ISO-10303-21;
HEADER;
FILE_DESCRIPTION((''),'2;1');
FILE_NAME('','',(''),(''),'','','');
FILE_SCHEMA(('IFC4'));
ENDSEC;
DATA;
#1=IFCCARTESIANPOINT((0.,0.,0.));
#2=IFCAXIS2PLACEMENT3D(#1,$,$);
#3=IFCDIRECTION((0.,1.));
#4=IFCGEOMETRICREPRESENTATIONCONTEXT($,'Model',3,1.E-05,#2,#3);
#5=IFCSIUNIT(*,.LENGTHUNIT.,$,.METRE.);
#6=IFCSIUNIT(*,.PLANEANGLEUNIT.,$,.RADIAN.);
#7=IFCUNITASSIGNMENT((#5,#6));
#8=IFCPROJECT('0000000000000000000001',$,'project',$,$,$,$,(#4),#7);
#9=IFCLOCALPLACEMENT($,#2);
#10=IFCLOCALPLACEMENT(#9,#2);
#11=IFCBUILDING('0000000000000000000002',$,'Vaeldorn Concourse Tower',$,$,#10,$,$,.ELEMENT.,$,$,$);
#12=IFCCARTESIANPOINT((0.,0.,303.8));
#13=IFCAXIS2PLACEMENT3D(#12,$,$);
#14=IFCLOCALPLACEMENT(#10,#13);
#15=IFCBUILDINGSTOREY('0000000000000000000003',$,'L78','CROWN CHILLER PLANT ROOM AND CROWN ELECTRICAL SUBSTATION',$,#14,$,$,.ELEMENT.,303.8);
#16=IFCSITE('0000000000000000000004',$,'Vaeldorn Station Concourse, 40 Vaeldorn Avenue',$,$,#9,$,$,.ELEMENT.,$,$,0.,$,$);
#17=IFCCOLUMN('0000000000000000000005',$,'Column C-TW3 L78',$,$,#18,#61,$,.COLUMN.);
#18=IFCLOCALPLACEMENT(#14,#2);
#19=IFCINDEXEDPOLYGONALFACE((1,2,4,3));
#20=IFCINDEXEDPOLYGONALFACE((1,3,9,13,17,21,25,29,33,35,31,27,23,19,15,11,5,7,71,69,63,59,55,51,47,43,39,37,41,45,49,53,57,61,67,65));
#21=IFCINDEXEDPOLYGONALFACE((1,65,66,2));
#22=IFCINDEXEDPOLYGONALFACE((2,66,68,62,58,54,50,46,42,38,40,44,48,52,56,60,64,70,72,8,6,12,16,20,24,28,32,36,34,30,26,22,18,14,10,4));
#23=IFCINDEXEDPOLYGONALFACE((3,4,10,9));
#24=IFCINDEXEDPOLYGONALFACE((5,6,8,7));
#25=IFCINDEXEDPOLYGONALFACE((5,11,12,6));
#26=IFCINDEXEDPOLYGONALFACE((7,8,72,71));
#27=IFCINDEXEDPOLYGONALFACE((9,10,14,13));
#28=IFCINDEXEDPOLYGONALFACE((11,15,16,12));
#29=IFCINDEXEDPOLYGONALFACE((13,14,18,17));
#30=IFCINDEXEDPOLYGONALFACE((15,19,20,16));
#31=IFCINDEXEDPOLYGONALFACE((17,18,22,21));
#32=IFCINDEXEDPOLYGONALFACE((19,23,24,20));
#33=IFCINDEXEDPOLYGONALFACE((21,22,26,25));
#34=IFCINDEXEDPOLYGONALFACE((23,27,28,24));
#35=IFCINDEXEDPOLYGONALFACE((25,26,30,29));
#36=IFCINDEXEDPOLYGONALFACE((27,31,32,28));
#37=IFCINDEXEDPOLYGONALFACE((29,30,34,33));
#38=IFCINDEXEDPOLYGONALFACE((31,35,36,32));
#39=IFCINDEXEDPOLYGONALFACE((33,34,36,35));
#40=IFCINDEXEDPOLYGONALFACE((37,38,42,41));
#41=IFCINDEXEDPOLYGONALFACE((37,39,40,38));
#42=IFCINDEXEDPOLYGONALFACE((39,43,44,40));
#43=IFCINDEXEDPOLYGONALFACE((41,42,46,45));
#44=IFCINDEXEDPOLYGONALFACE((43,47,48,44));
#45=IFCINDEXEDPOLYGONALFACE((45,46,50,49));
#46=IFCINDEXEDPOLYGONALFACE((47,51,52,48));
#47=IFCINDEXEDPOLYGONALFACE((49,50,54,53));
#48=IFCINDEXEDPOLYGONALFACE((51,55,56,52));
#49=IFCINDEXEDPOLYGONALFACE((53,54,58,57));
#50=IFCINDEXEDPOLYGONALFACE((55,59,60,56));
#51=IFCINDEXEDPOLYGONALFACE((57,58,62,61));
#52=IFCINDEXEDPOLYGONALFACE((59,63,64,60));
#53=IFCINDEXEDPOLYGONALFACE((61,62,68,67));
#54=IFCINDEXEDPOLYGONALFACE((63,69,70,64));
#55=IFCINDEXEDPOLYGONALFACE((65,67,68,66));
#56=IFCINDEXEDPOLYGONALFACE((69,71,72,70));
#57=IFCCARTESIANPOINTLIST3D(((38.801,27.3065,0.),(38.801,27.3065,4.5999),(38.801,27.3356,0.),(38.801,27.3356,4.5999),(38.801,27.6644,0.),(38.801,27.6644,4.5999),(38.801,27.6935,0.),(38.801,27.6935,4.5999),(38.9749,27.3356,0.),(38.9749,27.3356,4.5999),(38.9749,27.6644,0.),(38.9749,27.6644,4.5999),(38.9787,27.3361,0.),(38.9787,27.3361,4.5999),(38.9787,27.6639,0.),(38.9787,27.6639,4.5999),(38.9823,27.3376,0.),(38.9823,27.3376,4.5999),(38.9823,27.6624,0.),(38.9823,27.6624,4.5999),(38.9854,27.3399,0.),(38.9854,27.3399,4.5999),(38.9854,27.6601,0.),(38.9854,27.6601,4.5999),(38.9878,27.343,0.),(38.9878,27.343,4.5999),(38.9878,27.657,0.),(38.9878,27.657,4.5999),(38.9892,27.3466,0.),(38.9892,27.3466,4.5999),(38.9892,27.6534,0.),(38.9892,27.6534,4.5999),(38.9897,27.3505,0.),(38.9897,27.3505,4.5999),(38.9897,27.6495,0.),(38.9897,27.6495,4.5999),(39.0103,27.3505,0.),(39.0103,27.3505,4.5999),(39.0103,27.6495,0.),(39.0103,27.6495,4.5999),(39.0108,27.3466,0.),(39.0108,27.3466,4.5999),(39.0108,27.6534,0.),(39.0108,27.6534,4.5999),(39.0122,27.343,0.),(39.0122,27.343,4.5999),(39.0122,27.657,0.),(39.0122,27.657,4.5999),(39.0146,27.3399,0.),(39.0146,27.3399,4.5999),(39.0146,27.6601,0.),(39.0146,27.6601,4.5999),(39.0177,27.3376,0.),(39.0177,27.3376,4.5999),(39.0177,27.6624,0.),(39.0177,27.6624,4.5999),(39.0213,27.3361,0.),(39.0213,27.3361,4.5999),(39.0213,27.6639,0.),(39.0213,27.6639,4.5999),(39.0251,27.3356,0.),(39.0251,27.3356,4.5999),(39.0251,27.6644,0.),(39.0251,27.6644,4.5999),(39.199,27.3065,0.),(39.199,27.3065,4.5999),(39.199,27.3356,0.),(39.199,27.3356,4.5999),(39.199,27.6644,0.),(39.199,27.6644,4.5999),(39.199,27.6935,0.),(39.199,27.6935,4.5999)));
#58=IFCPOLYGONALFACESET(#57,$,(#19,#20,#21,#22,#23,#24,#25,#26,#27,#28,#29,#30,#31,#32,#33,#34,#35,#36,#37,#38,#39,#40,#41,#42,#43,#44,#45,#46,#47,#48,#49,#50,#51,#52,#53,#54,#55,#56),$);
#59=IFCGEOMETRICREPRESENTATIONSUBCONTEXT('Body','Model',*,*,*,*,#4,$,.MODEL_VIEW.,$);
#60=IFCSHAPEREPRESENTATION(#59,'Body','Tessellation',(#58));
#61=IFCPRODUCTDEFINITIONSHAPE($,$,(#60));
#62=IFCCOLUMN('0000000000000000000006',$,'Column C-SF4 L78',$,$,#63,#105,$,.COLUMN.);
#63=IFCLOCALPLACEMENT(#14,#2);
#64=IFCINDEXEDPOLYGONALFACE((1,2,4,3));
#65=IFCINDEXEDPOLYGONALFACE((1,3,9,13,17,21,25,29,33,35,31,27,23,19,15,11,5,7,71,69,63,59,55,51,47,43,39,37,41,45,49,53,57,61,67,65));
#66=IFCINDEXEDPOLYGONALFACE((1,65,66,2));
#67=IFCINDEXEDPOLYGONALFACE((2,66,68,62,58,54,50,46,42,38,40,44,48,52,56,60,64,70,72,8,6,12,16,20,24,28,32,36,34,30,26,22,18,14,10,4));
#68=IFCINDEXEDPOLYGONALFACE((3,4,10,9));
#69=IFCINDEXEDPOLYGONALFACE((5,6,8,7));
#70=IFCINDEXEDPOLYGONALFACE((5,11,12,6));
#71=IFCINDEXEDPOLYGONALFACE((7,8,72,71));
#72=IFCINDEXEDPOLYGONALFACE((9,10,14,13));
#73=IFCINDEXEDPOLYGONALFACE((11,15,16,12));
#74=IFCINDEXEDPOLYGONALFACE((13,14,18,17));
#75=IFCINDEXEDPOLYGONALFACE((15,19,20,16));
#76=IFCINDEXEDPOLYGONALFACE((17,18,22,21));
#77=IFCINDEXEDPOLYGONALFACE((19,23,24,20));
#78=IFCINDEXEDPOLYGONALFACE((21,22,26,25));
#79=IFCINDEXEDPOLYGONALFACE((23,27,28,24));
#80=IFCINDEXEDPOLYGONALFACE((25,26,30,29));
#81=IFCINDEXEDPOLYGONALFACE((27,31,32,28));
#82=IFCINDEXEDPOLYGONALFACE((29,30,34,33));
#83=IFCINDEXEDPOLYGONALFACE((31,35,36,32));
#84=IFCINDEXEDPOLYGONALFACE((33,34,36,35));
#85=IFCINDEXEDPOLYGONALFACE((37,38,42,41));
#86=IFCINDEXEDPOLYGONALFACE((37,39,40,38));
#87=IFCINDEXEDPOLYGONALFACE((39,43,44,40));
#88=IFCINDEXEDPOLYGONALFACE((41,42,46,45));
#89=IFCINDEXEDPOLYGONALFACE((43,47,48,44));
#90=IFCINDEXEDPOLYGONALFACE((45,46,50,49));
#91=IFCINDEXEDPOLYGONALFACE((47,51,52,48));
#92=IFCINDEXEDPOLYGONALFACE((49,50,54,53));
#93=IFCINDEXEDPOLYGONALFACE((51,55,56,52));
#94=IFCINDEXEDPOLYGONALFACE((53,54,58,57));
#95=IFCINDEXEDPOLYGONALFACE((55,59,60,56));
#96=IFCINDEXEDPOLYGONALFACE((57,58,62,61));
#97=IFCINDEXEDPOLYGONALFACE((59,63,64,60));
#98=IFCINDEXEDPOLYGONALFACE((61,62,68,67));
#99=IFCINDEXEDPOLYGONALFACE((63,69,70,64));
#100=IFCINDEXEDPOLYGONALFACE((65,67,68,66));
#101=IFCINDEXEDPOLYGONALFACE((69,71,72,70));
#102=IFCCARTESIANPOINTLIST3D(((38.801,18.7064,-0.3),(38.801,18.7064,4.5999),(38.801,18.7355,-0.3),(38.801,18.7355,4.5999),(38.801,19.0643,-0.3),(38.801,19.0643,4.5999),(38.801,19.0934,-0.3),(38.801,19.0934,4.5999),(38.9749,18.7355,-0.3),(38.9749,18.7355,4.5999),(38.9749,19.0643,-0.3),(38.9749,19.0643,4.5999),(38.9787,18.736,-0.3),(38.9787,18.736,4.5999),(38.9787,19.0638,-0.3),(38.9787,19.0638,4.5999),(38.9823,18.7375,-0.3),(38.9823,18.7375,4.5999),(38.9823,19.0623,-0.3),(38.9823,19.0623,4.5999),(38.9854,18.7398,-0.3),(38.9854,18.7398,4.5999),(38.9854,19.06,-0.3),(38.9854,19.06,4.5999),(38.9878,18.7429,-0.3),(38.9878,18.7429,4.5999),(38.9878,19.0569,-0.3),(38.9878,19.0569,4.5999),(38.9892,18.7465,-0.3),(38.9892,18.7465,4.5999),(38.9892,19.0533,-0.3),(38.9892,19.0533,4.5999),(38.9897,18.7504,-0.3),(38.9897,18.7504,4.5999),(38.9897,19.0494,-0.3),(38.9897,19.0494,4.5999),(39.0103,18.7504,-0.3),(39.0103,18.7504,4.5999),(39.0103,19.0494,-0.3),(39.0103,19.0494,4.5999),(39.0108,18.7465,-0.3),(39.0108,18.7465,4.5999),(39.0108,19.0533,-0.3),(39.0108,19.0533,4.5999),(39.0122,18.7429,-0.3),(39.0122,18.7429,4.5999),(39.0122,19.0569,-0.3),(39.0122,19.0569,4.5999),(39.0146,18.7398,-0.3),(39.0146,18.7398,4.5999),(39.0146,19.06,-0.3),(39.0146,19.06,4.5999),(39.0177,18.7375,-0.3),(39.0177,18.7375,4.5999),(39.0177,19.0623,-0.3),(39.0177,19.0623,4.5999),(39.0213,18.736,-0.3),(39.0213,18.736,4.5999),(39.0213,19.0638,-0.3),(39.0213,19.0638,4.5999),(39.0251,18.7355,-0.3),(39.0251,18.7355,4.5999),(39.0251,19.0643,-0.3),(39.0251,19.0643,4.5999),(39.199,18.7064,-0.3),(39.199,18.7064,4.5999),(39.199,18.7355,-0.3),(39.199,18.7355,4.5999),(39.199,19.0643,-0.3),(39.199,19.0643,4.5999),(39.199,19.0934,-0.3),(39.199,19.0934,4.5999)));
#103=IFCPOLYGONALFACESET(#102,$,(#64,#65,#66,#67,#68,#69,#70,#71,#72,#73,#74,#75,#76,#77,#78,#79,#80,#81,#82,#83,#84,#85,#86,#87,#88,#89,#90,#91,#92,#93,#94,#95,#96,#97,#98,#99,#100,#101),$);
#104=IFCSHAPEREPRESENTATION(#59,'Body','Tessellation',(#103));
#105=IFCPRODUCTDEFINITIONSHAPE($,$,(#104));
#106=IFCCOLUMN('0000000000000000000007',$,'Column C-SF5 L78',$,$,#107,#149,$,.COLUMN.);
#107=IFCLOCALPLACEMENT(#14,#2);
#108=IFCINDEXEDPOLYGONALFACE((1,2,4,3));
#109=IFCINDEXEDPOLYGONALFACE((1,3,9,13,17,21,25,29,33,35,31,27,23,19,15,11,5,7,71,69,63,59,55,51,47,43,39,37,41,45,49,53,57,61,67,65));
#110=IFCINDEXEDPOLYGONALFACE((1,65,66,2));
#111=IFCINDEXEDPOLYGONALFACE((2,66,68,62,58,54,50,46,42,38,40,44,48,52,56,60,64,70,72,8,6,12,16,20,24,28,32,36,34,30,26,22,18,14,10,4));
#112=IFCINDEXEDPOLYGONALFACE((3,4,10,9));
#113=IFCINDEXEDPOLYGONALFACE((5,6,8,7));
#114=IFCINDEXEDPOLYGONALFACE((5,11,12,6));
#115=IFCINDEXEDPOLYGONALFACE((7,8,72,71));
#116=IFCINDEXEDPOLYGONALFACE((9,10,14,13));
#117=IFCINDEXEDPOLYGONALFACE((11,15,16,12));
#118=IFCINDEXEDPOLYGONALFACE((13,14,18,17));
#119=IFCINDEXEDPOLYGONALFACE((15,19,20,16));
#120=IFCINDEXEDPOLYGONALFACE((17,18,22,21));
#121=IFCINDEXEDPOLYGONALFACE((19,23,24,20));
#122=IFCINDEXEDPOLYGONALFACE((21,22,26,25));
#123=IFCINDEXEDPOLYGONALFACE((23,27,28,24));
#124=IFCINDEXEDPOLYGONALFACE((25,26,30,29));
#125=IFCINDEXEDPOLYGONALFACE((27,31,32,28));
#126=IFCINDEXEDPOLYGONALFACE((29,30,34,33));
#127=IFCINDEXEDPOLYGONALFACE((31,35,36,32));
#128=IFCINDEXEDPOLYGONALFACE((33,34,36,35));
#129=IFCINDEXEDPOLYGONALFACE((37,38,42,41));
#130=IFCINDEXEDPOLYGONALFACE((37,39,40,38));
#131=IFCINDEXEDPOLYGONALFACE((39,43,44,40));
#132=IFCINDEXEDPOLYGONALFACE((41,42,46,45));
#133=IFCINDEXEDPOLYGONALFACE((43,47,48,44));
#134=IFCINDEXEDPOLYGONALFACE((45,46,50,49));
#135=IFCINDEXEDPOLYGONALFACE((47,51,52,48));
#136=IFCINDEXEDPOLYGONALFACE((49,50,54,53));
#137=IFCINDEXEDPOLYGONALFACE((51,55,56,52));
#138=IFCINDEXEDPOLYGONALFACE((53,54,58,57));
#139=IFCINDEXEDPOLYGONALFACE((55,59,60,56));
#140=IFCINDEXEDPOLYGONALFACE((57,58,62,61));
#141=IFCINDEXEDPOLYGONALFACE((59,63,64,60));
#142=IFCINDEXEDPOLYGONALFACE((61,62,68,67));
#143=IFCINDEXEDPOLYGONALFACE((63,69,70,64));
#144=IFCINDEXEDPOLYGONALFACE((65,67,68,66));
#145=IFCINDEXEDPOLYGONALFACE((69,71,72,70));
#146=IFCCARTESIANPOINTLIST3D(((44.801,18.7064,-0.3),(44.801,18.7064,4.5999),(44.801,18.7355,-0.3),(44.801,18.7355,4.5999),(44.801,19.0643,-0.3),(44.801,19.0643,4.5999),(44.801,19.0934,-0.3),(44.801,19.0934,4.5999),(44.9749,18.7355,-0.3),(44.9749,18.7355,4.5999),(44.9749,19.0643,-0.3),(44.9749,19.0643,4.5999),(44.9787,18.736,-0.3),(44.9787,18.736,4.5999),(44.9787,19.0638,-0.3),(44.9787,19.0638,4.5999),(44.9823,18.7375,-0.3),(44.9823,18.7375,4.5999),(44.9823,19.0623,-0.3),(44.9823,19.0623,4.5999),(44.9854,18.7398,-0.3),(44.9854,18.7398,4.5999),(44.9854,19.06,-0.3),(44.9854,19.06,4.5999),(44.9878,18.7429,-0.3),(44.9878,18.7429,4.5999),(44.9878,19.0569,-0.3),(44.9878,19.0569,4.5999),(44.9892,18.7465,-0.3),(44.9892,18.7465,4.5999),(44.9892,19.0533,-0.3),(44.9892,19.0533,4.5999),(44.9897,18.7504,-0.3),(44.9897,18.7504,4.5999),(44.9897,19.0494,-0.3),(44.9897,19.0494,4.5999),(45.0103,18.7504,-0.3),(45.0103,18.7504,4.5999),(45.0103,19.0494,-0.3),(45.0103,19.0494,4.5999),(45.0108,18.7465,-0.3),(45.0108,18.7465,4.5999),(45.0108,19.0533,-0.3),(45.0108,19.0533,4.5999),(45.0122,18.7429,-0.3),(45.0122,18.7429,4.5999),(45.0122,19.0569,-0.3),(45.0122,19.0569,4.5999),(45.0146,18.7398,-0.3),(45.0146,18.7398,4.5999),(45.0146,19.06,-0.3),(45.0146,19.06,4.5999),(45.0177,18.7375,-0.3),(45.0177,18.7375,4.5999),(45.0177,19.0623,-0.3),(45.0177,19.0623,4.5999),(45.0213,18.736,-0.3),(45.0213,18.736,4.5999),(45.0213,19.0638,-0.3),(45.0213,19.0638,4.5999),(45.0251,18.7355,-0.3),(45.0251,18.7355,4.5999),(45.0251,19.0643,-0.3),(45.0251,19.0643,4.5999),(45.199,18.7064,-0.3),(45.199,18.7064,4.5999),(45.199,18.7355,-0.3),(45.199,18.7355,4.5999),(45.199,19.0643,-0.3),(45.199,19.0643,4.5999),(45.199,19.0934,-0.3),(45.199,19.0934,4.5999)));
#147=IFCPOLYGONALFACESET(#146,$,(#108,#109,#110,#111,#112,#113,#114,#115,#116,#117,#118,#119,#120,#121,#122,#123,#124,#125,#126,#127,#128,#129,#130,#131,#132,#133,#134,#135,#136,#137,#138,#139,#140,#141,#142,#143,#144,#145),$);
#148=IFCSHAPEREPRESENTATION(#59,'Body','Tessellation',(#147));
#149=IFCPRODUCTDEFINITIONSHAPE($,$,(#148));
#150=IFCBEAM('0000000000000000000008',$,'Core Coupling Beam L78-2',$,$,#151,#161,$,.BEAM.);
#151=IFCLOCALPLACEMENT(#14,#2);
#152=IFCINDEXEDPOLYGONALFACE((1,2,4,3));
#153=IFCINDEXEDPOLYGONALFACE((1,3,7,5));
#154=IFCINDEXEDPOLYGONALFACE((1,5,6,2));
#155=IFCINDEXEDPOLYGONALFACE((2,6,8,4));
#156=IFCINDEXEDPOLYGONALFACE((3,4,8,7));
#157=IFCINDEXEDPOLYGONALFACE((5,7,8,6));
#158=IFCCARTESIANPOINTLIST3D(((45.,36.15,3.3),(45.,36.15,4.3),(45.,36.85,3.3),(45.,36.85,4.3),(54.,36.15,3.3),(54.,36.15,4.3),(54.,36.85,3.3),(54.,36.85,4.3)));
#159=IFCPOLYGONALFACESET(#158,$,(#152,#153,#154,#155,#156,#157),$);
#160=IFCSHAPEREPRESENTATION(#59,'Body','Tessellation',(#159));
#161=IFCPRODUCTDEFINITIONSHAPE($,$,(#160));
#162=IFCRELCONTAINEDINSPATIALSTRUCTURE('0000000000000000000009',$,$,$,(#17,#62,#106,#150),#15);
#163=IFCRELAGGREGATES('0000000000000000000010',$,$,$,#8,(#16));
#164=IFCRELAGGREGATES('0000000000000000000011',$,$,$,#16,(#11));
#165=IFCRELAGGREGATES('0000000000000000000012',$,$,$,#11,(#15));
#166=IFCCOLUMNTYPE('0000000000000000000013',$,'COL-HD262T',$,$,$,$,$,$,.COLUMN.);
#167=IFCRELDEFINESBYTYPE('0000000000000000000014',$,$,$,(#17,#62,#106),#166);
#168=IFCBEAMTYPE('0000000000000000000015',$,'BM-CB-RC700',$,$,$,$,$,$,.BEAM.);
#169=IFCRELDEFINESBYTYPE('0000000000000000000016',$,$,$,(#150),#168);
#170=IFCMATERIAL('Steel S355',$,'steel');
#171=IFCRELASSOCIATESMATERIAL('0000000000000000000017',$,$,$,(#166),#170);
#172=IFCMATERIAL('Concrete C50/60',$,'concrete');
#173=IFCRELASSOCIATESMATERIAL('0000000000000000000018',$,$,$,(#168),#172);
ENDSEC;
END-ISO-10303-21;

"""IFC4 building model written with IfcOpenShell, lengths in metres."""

from ifc_helpers import new_model, si_unit, direction, frame, origin, origin_2d, place, context, subcontext, project, spatial, rectangle, i_section, extrude, source, transform, mapped, material, material_profile, profile_set, type_object, element, save


model = new_model("IFC4")

# Units and contexts
model_context = context("Model", 3, precision=1e-05, world=origin(), true_north=direction((0.0, 1.0)))
body_context = subcontext(model_context, "Body", "Model", "MODEL_VIEW")
ifc_project = project(units=[si_unit("LENGTHUNIT", "METRE"), si_unit("PLANEANGLEUNIT", "RADIAN")], contexts=[model_context])

# Site, building, storey
site_placement = place(None, origin())
site = spatial("IfcSite", under=ifc_project, at=site_placement, Name="Vaeldorn Station Concourse, 40 Vaeldorn Avenue", CompositionType="ELEMENT", RefElevation=0.0)
building_placement = place(site_placement, origin())
building = spatial("IfcBuilding", under=site, at=building_placement, Name="Vaeldorn Concourse Tower", CompositionType="ELEMENT")
storey_placement = place(building_placement, frame((0.0, 0.0, 303.8)))
storey = spatial("IfcBuildingStorey", under=building, at=storey_placement, Name="L78", Description="CROWN CHILLER PLANT ROOM AND CROWN ELECTRICAL SUBSTATION", CompositionType="ELEMENT", Elevation=303.8)

# Columns
ifc_material_1 = material(Name="Steel S355", Category="steel")
ifc_material_profile_1 = material_profile(ifc_material_1, i_section(OverallWidth=0.3979, OverallDepth=0.387, WebThickness=0.0205, FlangeThickness=0.0291, FilletRadius=0.0149, at=origin_2d()), Name="HD 400x262")
ifc_profile_set_1 = profile_set([ifc_material_profile_1], Name="Steel S355")
column_type_1 = type_object("IfcColumnType", Name="COL-HD262T", PredefinedType="COLUMN", material=ifc_profile_set_1)
shared_shape_1 = source(origin(), body_context, "Body", "SweptSolid", [
    extrude(i_section(OverallWidth=0.3979, OverallDepth=0.387, WebThickness=0.0205, FlangeThickness=0.0291, FilletRadius=0.0149, at=origin_2d()), origin(), (0.0, 0.0, 1.0), 4.5999),
])
column_1_placement = place(storey_placement, frame((39.0, 27.5, 0.0), z_axis=(0.0, 0.0, 1.0), x_axis=(1.0, 0.0, 0.0)))
element("IfcColumn", 1, at=column_1_placement, inside=storey, type_object=column_type_1, Name="Column C-TW3 L78", PredefinedType="COLUMN", context=body_context, shape_type="MappedRepresentation", body=[
    mapped(shared_shape_1, transform((0.0, 0.0, 0.0), scale=1.0)),
])
shared_shape_2 = source(origin(), body_context, "Body", "SweptSolid", [
    extrude(i_section(OverallWidth=0.3979, OverallDepth=0.387, WebThickness=0.0205, FlangeThickness=0.0291, FilletRadius=0.0149, at=origin_2d()), origin(), (0.0, 0.0, 1.0), 4.8999),
])
for number, where, z_axis, x_axis, name in (
    (2, (39.0, 18.8999, -0.3), (0.0, 0.0, 1.0), (1.0, 0.0, 0.0), "Column C-SF4 L78"),
    (3, (45.0, 18.8999, -0.3), (0.0, 0.0, 1.0), (1.0, 0.0, 0.0), "Column C-SF5 L78"),
):
    element("IfcColumn", number, at=place(storey_placement, frame(where, z_axis=z_axis, x_axis=x_axis)), inside=storey, type_object=column_type_1, Name=name, PredefinedType="COLUMN", context=body_context, shape_type="MappedRepresentation", body=[
        mapped(shared_shape_2, transform((0.0, 0.0, 0.0), scale=1.0)),
    ])

# Beam
ifc_material_2 = material(Name="Concrete C50/60", Category="concrete")
ifc_material_profile_2 = material_profile(ifc_material_2, rectangle(XDim=0.7, YDim=1.0, at=origin_2d()), Name="RC 700x1000")
ifc_profile_set_2 = profile_set([ifc_material_profile_2], Name="Concrete C50/60")
beam_type_1 = type_object("IfcBeamType", Name="BM-CB-RC700", PredefinedType="BEAM", material=ifc_profile_set_2)
shared_shape_3 = source(origin(), body_context, "Body", "SweptSolid", [
    extrude(rectangle(XDim=0.7, YDim=1.0, at=origin_2d()), origin(), (0.0, 0.0, 1.0), 9.0),
])
beam_1_placement = place(storey_placement, frame((45.0, 36.5, 3.8), z_axis=(1.0, 0.0, 0.0), x_axis=(0.0, 1.0, 0.0)))
element("IfcBeam", 4, at=beam_1_placement, inside=storey, type_object=beam_type_1, Name="Core Coupling Beam L78-2", PredefinedType="BEAM", context=body_context, shape_type="MappedRepresentation", body=[
    mapped(shared_shape_3, transform((0.0, 0.0, 0.0), scale=1.0)),
])

save(model, "model.ifc")
